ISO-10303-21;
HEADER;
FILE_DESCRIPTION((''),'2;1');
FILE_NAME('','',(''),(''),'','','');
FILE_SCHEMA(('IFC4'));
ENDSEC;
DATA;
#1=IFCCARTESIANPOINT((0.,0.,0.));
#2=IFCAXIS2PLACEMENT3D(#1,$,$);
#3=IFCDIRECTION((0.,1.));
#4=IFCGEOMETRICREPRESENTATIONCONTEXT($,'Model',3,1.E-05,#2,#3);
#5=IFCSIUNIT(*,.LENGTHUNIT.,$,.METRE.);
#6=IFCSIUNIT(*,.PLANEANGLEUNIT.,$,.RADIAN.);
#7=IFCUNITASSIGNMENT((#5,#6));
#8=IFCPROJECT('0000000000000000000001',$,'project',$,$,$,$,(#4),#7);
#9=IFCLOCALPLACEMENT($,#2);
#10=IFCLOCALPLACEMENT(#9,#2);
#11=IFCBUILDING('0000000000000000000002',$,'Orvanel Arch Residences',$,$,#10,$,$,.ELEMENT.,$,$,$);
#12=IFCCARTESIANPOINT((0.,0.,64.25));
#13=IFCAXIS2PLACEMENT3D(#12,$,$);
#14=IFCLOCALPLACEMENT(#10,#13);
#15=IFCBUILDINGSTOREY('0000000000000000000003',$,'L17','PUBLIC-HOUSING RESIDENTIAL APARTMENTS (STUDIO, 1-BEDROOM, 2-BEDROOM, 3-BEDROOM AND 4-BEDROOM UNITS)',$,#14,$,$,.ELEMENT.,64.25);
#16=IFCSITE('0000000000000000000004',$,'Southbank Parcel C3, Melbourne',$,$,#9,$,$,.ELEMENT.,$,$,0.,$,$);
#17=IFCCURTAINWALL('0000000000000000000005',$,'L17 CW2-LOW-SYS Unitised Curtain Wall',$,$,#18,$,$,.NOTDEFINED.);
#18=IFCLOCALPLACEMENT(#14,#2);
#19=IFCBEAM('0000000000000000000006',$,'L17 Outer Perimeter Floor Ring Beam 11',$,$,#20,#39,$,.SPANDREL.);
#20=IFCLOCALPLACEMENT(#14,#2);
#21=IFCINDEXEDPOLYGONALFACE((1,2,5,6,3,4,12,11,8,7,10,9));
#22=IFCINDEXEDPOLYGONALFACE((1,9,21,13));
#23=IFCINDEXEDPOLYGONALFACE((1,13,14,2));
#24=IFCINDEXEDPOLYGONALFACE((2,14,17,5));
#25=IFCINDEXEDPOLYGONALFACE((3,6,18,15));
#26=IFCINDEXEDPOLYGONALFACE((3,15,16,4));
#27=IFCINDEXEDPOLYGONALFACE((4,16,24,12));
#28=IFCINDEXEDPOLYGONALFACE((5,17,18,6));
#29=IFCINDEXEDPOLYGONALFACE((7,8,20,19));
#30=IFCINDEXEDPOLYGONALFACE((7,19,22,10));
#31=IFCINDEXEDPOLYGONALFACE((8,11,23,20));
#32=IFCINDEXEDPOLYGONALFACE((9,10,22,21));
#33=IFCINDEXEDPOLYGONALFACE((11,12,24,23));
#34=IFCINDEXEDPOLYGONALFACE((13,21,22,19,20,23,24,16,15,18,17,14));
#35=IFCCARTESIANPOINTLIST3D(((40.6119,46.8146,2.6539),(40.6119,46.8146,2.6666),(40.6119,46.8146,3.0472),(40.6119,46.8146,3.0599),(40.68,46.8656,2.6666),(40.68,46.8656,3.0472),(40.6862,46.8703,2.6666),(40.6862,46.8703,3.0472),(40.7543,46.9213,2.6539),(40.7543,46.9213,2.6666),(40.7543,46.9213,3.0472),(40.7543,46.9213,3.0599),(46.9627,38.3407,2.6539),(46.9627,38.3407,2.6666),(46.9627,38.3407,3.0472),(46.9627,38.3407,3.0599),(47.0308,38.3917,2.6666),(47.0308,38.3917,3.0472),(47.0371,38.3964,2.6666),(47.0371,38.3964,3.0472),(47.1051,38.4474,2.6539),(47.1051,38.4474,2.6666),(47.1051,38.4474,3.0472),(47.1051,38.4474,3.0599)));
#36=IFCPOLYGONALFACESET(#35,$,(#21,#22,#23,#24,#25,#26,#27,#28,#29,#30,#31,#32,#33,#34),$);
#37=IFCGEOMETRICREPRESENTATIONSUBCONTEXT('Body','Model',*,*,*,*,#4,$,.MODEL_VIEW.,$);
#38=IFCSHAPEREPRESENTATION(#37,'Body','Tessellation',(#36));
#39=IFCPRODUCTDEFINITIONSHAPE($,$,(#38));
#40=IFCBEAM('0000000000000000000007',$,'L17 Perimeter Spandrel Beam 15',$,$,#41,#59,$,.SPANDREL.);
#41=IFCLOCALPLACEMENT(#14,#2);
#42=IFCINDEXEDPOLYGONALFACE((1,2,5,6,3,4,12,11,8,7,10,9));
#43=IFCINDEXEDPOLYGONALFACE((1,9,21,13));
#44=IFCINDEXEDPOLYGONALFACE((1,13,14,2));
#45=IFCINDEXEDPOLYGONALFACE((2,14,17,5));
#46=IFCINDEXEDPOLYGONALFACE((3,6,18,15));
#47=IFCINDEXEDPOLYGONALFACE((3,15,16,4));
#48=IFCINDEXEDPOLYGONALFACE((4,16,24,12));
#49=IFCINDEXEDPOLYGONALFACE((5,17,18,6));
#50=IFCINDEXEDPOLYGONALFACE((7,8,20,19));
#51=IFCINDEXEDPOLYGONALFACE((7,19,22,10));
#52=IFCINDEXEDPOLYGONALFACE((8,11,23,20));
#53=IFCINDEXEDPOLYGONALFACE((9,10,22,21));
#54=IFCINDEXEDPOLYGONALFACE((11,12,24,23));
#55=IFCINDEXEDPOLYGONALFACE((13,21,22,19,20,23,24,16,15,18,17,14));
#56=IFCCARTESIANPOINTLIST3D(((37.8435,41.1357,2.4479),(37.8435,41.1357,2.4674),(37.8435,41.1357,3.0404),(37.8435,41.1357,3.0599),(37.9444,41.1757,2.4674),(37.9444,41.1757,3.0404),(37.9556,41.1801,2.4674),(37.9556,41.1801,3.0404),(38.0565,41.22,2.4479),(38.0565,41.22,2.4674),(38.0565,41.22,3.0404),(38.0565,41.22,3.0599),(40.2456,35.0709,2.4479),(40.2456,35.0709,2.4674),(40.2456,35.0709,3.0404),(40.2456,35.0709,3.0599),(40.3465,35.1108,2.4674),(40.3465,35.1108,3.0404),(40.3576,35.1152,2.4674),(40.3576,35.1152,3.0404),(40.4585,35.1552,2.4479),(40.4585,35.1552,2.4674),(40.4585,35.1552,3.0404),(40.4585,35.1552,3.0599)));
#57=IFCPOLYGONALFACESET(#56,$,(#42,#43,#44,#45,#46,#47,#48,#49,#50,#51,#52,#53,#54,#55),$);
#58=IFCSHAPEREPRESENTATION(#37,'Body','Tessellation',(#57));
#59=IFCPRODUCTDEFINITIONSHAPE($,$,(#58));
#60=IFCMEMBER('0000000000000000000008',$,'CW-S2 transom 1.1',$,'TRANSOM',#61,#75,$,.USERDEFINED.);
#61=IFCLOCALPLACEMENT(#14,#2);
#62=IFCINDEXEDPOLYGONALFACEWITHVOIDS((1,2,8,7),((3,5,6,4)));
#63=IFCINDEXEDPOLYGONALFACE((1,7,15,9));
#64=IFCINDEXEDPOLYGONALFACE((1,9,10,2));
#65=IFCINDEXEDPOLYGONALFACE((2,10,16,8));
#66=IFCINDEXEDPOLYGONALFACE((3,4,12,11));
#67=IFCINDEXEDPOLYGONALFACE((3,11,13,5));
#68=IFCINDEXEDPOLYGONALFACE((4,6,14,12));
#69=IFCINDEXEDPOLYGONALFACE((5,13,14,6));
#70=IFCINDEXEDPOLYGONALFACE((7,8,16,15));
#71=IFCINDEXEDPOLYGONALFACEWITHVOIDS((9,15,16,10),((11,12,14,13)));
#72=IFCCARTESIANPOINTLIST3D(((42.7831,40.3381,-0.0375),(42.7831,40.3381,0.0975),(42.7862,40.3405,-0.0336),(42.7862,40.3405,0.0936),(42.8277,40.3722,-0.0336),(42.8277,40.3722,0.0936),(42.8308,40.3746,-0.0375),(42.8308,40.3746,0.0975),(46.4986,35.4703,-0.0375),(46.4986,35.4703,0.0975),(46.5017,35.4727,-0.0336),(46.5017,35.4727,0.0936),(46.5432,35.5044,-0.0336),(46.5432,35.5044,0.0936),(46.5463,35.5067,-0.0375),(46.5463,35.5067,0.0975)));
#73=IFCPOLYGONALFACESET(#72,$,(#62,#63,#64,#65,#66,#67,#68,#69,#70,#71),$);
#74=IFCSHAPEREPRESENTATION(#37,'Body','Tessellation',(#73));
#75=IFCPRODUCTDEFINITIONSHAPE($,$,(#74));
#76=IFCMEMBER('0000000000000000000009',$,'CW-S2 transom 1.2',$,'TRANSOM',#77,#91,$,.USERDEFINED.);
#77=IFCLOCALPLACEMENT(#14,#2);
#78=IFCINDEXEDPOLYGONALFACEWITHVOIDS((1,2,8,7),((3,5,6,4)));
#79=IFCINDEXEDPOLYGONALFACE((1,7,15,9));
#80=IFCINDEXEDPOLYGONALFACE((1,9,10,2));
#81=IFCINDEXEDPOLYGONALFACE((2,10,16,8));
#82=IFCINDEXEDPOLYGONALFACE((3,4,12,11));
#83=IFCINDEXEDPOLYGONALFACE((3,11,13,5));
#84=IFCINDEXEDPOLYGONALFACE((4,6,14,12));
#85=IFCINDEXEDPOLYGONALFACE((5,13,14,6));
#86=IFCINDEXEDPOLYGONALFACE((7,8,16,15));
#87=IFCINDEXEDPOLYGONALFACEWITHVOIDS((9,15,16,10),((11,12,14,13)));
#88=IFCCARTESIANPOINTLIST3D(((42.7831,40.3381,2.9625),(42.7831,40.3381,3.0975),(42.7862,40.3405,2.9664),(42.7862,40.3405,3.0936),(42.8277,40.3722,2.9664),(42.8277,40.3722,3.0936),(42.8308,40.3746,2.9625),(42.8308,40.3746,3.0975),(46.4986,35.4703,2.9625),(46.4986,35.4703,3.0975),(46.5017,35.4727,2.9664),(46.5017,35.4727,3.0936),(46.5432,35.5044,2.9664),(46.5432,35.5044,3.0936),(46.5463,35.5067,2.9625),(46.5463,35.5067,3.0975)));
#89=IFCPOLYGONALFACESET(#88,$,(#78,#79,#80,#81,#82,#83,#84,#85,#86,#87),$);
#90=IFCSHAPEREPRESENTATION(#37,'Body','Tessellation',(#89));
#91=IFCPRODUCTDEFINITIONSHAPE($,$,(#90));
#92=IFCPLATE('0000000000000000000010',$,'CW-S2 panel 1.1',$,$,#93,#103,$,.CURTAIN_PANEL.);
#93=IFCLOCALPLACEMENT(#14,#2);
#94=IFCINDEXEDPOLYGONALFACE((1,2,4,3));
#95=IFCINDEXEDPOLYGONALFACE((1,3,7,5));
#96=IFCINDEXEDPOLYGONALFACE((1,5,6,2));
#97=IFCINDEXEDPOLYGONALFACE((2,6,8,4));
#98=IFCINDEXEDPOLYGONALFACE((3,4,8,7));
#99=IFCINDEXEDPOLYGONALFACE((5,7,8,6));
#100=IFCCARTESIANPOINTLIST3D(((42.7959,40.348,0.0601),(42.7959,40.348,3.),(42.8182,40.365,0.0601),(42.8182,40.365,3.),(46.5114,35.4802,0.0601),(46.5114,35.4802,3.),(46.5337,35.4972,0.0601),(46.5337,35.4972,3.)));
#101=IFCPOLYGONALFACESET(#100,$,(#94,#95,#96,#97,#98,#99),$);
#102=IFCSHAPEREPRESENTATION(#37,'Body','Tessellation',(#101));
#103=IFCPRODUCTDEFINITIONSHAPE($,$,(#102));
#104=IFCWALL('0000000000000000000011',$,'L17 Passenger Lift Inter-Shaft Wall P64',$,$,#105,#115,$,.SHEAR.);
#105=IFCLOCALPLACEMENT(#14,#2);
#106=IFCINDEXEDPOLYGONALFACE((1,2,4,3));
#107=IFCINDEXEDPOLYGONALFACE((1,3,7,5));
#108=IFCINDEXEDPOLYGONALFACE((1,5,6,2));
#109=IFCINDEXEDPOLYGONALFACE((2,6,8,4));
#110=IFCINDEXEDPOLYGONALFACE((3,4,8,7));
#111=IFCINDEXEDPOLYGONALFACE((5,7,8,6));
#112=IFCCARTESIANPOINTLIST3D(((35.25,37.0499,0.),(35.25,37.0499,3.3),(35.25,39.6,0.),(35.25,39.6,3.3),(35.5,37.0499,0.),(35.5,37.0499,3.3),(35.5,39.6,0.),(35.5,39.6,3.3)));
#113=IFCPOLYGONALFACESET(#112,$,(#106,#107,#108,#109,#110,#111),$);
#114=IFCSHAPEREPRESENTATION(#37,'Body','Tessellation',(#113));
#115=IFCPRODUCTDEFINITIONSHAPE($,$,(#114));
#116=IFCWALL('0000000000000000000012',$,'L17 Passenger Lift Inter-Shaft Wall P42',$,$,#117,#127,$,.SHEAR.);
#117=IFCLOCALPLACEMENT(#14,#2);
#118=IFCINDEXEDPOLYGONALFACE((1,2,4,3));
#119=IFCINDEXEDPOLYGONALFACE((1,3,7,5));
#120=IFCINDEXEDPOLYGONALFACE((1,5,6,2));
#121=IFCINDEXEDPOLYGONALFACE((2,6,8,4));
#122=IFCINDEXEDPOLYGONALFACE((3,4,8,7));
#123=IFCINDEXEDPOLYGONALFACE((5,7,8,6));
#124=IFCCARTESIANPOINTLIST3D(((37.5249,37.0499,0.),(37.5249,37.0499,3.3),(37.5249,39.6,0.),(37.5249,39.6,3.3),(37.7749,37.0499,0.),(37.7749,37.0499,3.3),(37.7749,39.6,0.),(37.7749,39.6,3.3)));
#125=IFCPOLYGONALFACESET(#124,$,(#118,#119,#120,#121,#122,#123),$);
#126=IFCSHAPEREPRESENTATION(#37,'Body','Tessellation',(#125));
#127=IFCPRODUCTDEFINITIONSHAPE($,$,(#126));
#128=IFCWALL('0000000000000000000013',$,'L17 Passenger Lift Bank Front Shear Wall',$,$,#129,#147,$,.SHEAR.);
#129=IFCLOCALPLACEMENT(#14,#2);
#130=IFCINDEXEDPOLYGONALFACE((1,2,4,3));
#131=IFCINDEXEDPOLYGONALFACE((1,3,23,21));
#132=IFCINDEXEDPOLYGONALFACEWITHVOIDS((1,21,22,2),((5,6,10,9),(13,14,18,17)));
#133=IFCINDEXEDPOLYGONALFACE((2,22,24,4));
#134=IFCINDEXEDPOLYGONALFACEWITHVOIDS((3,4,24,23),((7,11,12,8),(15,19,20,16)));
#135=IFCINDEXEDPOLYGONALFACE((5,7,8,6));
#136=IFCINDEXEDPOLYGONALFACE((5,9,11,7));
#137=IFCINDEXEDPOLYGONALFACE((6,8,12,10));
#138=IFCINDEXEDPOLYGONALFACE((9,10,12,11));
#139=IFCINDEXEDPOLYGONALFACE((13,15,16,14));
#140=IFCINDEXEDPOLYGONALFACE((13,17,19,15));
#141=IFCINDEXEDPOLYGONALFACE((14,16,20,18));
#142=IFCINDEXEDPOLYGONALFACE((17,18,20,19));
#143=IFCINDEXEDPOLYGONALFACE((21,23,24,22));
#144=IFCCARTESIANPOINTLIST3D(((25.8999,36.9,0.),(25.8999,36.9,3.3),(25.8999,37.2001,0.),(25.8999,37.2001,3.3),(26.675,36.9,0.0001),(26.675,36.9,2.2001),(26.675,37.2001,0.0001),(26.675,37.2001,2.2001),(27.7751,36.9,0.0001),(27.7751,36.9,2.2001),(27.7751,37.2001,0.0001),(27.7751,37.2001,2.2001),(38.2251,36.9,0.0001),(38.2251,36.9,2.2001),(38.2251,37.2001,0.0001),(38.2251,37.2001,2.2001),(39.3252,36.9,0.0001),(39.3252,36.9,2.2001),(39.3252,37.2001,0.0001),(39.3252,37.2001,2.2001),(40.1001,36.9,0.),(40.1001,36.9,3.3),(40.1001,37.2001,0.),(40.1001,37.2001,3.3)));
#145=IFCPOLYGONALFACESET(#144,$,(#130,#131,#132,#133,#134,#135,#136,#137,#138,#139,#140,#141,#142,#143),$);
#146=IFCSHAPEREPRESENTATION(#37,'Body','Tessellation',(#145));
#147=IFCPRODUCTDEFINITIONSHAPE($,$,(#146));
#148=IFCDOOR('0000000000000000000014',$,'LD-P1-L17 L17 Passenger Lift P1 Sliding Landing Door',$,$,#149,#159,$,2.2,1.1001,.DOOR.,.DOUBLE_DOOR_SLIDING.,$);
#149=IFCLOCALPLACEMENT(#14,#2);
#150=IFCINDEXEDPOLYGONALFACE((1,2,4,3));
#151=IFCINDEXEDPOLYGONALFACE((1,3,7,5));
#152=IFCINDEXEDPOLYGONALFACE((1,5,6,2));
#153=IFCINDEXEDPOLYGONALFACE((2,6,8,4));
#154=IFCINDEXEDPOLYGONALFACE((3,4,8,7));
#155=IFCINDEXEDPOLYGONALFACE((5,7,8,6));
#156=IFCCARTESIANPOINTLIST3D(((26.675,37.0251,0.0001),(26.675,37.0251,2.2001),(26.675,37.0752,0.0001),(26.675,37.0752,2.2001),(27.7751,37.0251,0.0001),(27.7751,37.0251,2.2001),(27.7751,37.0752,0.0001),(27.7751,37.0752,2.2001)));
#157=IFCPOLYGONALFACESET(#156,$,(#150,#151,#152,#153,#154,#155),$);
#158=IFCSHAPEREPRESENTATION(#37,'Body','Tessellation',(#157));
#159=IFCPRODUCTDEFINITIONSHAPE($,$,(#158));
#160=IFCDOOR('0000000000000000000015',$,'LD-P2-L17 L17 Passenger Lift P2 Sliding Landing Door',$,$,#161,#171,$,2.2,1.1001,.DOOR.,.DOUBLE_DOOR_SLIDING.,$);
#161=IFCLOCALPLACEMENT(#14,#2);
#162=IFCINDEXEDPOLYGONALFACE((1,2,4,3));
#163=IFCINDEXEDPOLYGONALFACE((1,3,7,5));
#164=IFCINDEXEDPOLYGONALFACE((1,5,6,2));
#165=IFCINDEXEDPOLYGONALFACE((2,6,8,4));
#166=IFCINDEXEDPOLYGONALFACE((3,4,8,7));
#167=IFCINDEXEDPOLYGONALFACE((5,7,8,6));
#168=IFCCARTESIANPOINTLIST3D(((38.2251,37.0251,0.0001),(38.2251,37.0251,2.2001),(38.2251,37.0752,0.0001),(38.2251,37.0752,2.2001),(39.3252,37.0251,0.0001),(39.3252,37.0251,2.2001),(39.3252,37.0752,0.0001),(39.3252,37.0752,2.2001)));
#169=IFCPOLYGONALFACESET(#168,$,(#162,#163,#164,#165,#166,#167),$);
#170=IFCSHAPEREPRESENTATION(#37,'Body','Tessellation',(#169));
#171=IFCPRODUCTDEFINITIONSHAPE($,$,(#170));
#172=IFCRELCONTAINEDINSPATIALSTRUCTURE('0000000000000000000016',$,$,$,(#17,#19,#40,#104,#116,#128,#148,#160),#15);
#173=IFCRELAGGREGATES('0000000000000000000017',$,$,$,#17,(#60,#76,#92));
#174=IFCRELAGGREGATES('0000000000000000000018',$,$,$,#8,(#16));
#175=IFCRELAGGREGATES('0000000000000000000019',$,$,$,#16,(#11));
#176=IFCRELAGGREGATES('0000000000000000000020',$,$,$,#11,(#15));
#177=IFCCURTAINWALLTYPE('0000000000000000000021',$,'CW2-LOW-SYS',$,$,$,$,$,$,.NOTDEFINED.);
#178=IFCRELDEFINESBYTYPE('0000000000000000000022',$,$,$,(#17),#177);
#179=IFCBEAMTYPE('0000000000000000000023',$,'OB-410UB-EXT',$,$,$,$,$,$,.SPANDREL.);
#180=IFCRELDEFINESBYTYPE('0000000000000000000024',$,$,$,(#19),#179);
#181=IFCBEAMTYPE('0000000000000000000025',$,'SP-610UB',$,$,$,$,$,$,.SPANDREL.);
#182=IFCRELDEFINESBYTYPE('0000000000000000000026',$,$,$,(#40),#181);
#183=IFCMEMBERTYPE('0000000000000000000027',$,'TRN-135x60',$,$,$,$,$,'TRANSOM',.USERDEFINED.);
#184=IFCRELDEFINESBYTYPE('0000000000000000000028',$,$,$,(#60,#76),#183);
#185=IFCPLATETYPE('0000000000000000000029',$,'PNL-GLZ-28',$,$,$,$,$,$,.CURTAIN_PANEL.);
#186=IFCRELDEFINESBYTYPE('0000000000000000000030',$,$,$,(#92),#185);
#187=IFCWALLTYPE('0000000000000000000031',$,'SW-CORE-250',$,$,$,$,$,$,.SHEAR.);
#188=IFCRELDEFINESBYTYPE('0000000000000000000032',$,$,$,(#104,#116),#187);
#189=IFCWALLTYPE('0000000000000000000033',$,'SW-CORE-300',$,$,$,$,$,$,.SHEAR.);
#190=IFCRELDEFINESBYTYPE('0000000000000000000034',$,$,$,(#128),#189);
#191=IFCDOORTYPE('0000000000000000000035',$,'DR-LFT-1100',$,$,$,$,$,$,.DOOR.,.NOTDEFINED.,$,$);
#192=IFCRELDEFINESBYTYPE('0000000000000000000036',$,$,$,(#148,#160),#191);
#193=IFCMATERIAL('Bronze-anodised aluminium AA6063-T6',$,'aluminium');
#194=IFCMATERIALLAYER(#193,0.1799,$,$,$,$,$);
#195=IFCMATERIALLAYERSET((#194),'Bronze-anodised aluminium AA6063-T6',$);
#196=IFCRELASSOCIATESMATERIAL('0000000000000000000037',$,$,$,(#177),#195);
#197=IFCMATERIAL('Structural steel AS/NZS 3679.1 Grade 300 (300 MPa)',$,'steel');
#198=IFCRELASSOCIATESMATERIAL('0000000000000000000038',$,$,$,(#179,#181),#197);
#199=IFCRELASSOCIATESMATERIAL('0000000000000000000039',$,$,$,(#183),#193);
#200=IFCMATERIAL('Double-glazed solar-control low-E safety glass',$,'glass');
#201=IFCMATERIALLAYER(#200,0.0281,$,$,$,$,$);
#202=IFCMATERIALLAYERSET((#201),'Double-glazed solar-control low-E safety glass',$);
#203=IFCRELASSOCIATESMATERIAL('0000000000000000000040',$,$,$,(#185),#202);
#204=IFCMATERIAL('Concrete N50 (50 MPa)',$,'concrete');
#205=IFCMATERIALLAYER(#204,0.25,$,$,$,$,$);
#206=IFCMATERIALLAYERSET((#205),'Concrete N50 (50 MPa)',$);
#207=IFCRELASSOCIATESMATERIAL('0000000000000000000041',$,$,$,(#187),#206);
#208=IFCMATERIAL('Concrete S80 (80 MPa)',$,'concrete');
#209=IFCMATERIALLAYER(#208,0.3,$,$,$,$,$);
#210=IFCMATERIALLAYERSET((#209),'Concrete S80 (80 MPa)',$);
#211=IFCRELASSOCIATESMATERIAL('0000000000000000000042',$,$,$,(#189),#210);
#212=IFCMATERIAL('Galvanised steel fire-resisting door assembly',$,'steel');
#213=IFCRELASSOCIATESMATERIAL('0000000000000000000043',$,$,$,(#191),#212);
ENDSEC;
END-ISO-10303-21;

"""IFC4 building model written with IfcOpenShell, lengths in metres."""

from ifc_helpers import new_model, si_unit, direction, frame, frame_2d, origin, origin_2d, place, context, subcontext, project, spatial, rectangle, hollow_rectangle, i_section, extrude, material, layer, layer_set, material_profile, profile_set, type_object, element, fill, aggregate, save


model = new_model("IFC4")

# Units and contexts
model_context = context("Model", 3, precision=1e-05, world=origin(), true_north=direction((0.0, 1.0)))
body_context = subcontext(model_context, "Body", "Model", "MODEL_VIEW")
ifc_project = project(units=[si_unit("LENGTHUNIT", "METRE"), si_unit("PLANEANGLEUNIT", "RADIAN")], contexts=[model_context])

# Site, building, storey
site_placement = place(None, origin())
site = spatial("IfcSite", under=ifc_project, at=site_placement, Name="Southbank Parcel C3, Melbourne", CompositionType="ELEMENT", RefElevation=0.0)
building_placement = place(site_placement, origin())
building = spatial("IfcBuilding", under=site, at=building_placement, Name="Orvanel Arch Residences", CompositionType="ELEMENT")
storey_placement = place(building_placement, frame((0.0, 0.0, 64.25)))
storey = spatial("IfcBuildingStorey", under=building, at=storey_placement, Name="L17", Description="PUBLIC-HOUSING RESIDENTIAL APARTMENTS (STUDIO, 1-BEDROOM, 2-BEDROOM, 3-BEDROOM AND 4-BEDROOM UNITS)", CompositionType="ELEMENT", Elevation=64.25)

# Shared definitions
ifc_material_1 = material(Name="Structural steel AS/NZS 3679.1 Grade 300 (300 MPa)", Category="steel")

# Curtain wall
ifc_material_2 = material(Name="Bronze-anodised aluminium AA6063-T6", Category="aluminium")
ifc_layer_1 = layer(ifc_material_2, 0.1799)
ifc_layer_set_1 = layer_set([ifc_layer_1], Name="Bronze-anodised aluminium AA6063-T6")
curtain_wall_type = type_object("IfcCurtainWallType", Name="CW2-LOW-SYS", PredefinedType="NOTDEFINED", material=ifc_layer_set_1)
curtain_wall_1_placement = place(storey_placement, origin())
curtain_wall_1 = element("IfcCurtainWall", 1, at=curtain_wall_1_placement, inside=storey, type_object=curtain_wall_type, Name="L17 CW2-LOW-SYS Unitised Curtain Wall", PredefinedType="NOTDEFINED")

# Beams
ifc_material_profile_1 = material_profile(ifc_material_1, i_section(OverallWidth=0.178, OverallDepth=0.406, WebThickness=0.0078, FlangeThickness=0.0127, at=origin_2d()), Name="410UB59.7")
ifc_profile_set_1 = profile_set([ifc_material_profile_1], Name="Structural steel AS/NZS 3679.1 Grade 300 (300 MPa)")
beam_type_1 = type_object("IfcBeamType", Name="OB-410UB-EXT", PredefinedType="SPANDREL", material=ifc_profile_set_1)
beam_1_placement = place(storey_placement, frame((47.0339, 38.394, 2.8569), z_axis=(-0.599723, 0.800207, 0.0), x_axis=(-0.800207, -0.599723, 0.0)))
element("IfcBeam", 2, at=beam_1_placement, inside=storey, type_object=beam_type_1, Name="L17 Outer Perimeter Floor Ring Beam 11", PredefinedType="SPANDREL", context=body_context, shape_type="SweptSolid", body=[
    extrude(i_section(OverallWidth=0.178, OverallDepth=0.406, WebThickness=0.0078, FlangeThickness=0.0127, at=origin_2d()), origin(), (0.0, 0.0, 1.0), 10.5896),
])
ifc_material_profile_2 = material_profile(ifc_material_1, i_section(OverallWidth=0.229, OverallDepth=0.6121, WebThickness=0.012, FlangeThickness=0.0195, at=origin_2d()), Name="610UB125")
ifc_profile_set_2 = profile_set([ifc_material_profile_2], Name="Structural steel AS/NZS 3679.1 Grade 300 (300 MPa)")
beam_type_2 = type_object("IfcBeamType", Name="SP-610UB", PredefinedType="SPANDREL", material=ifc_profile_set_2)
beam_2_placement = place(storey_placement, frame((40.3521, 35.113, 2.7539), z_axis=(-0.368233, 0.929733, 0.0), x_axis=(-0.929733, -0.368233, 0.0)))
element("IfcBeam", 3, at=beam_2_placement, inside=storey, type_object=beam_type_2, Name="L17 Perimeter Spandrel Beam 15", PredefinedType="SPANDREL", context=body_context, shape_type="SweptSolid", body=[
    extrude(i_section(OverallWidth=0.229, OverallDepth=0.6121, WebThickness=0.012, FlangeThickness=0.0195, at=origin_2d()), origin(), (0.0, 0.0, 1.0), 6.5232),
])

# Members
ifc_material_profile_3 = material_profile(ifc_material_2, hollow_rectangle(XDim=0.0601, YDim=0.135, WallThickness=0.0039, at=origin_2d()), Name="ALU135x60x4")
ifc_profile_set_3 = profile_set([ifc_material_profile_3], Name="Bronze-anodised aluminium AA6063-T6")
member_type_1 = type_object("IfcMemberType", Name="TRN-135x60", ElementType="TRANSOM", PredefinedType="USERDEFINED", material=ifc_profile_set_3)
member_1_placement = place(storey_placement, frame((46.5225, 35.4885, 0.03), z_axis=(-0.606734, 0.794905, 0.0), x_axis=(-0.794905, -0.606734, 0.0)))
member_1 = element("IfcMember", 4, at=member_1_placement, type_object=member_type_1, Name="CW-S2 transom 1.1", ObjectType="TRANSOM", PredefinedType="USERDEFINED", context=body_context, shape_type="SweptSolid", body=[
    extrude(hollow_rectangle(XDim=0.0601, YDim=0.135, WallThickness=0.0039, at=origin_2d()), origin(), (0.0, 0.0, 1.0), 6.1238),
])
member_2_placement = place(storey_placement, frame((46.5225, 35.4885, 3.03), z_axis=(-0.606734, 0.794905, 0.0), x_axis=(-0.794905, -0.606734, 0.0)))
member_2 = element("IfcMember", 5, at=member_2_placement, type_object=member_type_1, Name="CW-S2 transom 1.2", ObjectType="TRANSOM", PredefinedType="USERDEFINED", context=body_context, shape_type="SweptSolid", body=[
    extrude(hollow_rectangle(XDim=0.0601, YDim=0.135, WallThickness=0.0039, at=origin_2d()), origin(), (0.0, 0.0, 1.0), 6.1238),
])

# Plate
ifc_material_3 = material(Name="Double-glazed solar-control low-E safety glass", Category="glass")
ifc_layer_2 = layer(ifc_material_3, 0.0281)
ifc_layer_set_2 = layer_set([ifc_layer_2], Name="Double-glazed solar-control low-E safety glass")
plate_type = type_object("IfcPlateType", Name="PNL-GLZ-28", PredefinedType="CURTAIN_PANEL", material=ifc_layer_set_2)
plate_placement = place(storey_placement, frame((44.6648, 37.9226, 0.0601), z_axis=(0.0, 0.0, 1.0), x_axis=(-0.606743, 0.794898, 0.0)))
plate = element("IfcPlate", 6, at=plate_placement, type_object=plate_type, Name="CW-S2 panel 1.1", PredefinedType="CURTAIN_PANEL", context=body_context, shape_type="SweptSolid", body=[
    extrude(rectangle(XDim=6.1238, YDim=0.0281, at=origin_2d()), origin(), (0.0, 0.0, 1.0), 2.9399),
])
aggregate(curtain_wall_1, [member_1, member_2, plate])

# Walls
ifc_material_4 = material(Name="Concrete N50 (50 MPa)", Category="concrete")
ifc_layer_3 = layer(ifc_material_4, 0.25)
ifc_layer_set_3 = layer_set([ifc_layer_3], Name="Concrete N50 (50 MPa)")
wall_type_1 = type_object("IfcWallType", Name="SW-CORE-250", PredefinedType="SHEAR", material=ifc_layer_set_3)
for number, where, z_axis, x_axis, name in (
    (7, (35.375, 37.05, 0.0), (0.0, 0.0, 1.0), (0.0, 1.0, 0.0), "L17 Passenger Lift Inter-Shaft Wall P64"),
    (8, (37.6499, 37.05, 0.0), (0.0, 0.0, 1.0), (0.0, 1.0, 0.0), "L17 Passenger Lift Inter-Shaft Wall P42"),
):
    element("IfcWall", number, at=place(storey_placement, frame(where, z_axis=z_axis, x_axis=x_axis)), inside=storey, type_object=wall_type_1, Name=name, PredefinedType="SHEAR", context=body_context, shape_type="SweptSolid", body=[
        extrude(rectangle(XDim=2.55, YDim=0.25, at=frame_2d((1.2749, 0.0))), origin(), (0.0, 0.0, 1.0), 3.3),
    ])

# Wall, openings, doors
ifc_material_5 = material(Name="Concrete S80 (80 MPa)", Category="concrete")
ifc_layer_4 = layer(ifc_material_5, 0.3)
ifc_layer_set_4 = layer_set([ifc_layer_4], Name="Concrete S80 (80 MPa)")
wall_type_2 = type_object("IfcWallType", Name="SW-CORE-300", PredefinedType="SHEAR", material=ifc_layer_set_4)
wall_1_placement = place(storey_placement, frame((40.1001, 37.05, 0.0), z_axis=(0.0, 0.0, 1.0), x_axis=(-1.0, 0.0, 0.0)))
wall_1 = element("IfcWall", 9, at=wall_1_placement, inside=storey, type_object=wall_type_2, Name="L17 Passenger Lift Bank Front Shear Wall", PredefinedType="SHEAR", context=body_context, shape_type="SweptSolid", body=[
    extrude(rectangle(XDim=14.2002, YDim=0.3, at=frame_2d((7.1001, 0.0))), origin(), (0.0, 0.0, 1.0), 3.3),
])
opening_1_placement = place(wall_1_placement, frame((12.325, 0.0, 0.0)))
opening_1 = element("IfcOpeningElement", 10, at=opening_1_placement, cuts=wall_1, PredefinedType="OPENING", context=body_context, shape_type="SweptSolid", body=[
    extrude(rectangle(XDim=1.1001, YDim=2.2, at=frame_2d((0.55, 1.1001))), frame((0.0, 0.1599, 0.0), z_axis=(0.0, -1.0, 0.0), x_axis=(1.0, 0.0, 0.0)), (0.0, 0.0, 1.0), 0.3201),
])
opening_2_placement = place(wall_1_placement, frame((0.7749, 0.0, 0.0)))
opening_2 = element("IfcOpeningElement", 11, at=opening_2_placement, cuts=wall_1, PredefinedType="OPENING", context=body_context, shape_type="SweptSolid", body=[
    extrude(rectangle(XDim=1.1001, YDim=2.2, at=frame_2d((0.55, 1.1001))), frame((0.0, 0.1599, 0.0), z_axis=(0.0, -1.0, 0.0), x_axis=(1.0, 0.0, 0.0)), (0.0, 0.0, 1.0), 0.3201),
])
ifc_material_6 = material(Name="Galvanised steel fire-resisting door assembly", Category="steel")
door_type_1 = type_object("IfcDoorType", Name="DR-LFT-1100", OperationType="NOTDEFINED", PredefinedType="DOOR", material=ifc_material_6)
door_1_placement = place(opening_1_placement, origin())
door_1 = element("IfcDoor", 12, at=door_1_placement, inside=storey, type_object=door_type_1, Name="LD-P1-L17 L17 Passenger Lift P1 Sliding Landing Door", OperationType="DOUBLE_DOOR_SLIDING", OverallHeight=2.2, OverallWidth=1.1001, PredefinedType="DOOR", context=body_context, shape_type="SweptSolid", body=[
    extrude(rectangle(XDim=1.1001, YDim=2.2, at=frame_2d((0.55, 1.1001))), frame((0.0, 0.0249, 0.0), z_axis=(0.0, -1.0, 0.0), x_axis=(1.0, 0.0, 0.0)), (0.0, 0.0, 1.0), 0.05),
])
fill(opening_1, door_1)
door_2_placement = place(opening_2_placement, origin())
door_2 = element("IfcDoor", 13, at=door_2_placement, inside=storey, type_object=door_type_1, Name="LD-P2-L17 L17 Passenger Lift P2 Sliding Landing Door", OperationType="DOUBLE_DOOR_SLIDING", OverallHeight=2.2, OverallWidth=1.1001, PredefinedType="DOOR", context=body_context, shape_type="SweptSolid", body=[
    extrude(rectangle(XDim=1.1001, YDim=2.2, at=frame_2d((0.55, 1.1001))), frame((0.0, 0.0249, 0.0), z_axis=(0.0, -1.0, 0.0), x_axis=(1.0, 0.0, 0.0)), (0.0, 0.0, 1.0), 0.05),
])
fill(opening_2, door_2)

save(model, "model.ifc")
